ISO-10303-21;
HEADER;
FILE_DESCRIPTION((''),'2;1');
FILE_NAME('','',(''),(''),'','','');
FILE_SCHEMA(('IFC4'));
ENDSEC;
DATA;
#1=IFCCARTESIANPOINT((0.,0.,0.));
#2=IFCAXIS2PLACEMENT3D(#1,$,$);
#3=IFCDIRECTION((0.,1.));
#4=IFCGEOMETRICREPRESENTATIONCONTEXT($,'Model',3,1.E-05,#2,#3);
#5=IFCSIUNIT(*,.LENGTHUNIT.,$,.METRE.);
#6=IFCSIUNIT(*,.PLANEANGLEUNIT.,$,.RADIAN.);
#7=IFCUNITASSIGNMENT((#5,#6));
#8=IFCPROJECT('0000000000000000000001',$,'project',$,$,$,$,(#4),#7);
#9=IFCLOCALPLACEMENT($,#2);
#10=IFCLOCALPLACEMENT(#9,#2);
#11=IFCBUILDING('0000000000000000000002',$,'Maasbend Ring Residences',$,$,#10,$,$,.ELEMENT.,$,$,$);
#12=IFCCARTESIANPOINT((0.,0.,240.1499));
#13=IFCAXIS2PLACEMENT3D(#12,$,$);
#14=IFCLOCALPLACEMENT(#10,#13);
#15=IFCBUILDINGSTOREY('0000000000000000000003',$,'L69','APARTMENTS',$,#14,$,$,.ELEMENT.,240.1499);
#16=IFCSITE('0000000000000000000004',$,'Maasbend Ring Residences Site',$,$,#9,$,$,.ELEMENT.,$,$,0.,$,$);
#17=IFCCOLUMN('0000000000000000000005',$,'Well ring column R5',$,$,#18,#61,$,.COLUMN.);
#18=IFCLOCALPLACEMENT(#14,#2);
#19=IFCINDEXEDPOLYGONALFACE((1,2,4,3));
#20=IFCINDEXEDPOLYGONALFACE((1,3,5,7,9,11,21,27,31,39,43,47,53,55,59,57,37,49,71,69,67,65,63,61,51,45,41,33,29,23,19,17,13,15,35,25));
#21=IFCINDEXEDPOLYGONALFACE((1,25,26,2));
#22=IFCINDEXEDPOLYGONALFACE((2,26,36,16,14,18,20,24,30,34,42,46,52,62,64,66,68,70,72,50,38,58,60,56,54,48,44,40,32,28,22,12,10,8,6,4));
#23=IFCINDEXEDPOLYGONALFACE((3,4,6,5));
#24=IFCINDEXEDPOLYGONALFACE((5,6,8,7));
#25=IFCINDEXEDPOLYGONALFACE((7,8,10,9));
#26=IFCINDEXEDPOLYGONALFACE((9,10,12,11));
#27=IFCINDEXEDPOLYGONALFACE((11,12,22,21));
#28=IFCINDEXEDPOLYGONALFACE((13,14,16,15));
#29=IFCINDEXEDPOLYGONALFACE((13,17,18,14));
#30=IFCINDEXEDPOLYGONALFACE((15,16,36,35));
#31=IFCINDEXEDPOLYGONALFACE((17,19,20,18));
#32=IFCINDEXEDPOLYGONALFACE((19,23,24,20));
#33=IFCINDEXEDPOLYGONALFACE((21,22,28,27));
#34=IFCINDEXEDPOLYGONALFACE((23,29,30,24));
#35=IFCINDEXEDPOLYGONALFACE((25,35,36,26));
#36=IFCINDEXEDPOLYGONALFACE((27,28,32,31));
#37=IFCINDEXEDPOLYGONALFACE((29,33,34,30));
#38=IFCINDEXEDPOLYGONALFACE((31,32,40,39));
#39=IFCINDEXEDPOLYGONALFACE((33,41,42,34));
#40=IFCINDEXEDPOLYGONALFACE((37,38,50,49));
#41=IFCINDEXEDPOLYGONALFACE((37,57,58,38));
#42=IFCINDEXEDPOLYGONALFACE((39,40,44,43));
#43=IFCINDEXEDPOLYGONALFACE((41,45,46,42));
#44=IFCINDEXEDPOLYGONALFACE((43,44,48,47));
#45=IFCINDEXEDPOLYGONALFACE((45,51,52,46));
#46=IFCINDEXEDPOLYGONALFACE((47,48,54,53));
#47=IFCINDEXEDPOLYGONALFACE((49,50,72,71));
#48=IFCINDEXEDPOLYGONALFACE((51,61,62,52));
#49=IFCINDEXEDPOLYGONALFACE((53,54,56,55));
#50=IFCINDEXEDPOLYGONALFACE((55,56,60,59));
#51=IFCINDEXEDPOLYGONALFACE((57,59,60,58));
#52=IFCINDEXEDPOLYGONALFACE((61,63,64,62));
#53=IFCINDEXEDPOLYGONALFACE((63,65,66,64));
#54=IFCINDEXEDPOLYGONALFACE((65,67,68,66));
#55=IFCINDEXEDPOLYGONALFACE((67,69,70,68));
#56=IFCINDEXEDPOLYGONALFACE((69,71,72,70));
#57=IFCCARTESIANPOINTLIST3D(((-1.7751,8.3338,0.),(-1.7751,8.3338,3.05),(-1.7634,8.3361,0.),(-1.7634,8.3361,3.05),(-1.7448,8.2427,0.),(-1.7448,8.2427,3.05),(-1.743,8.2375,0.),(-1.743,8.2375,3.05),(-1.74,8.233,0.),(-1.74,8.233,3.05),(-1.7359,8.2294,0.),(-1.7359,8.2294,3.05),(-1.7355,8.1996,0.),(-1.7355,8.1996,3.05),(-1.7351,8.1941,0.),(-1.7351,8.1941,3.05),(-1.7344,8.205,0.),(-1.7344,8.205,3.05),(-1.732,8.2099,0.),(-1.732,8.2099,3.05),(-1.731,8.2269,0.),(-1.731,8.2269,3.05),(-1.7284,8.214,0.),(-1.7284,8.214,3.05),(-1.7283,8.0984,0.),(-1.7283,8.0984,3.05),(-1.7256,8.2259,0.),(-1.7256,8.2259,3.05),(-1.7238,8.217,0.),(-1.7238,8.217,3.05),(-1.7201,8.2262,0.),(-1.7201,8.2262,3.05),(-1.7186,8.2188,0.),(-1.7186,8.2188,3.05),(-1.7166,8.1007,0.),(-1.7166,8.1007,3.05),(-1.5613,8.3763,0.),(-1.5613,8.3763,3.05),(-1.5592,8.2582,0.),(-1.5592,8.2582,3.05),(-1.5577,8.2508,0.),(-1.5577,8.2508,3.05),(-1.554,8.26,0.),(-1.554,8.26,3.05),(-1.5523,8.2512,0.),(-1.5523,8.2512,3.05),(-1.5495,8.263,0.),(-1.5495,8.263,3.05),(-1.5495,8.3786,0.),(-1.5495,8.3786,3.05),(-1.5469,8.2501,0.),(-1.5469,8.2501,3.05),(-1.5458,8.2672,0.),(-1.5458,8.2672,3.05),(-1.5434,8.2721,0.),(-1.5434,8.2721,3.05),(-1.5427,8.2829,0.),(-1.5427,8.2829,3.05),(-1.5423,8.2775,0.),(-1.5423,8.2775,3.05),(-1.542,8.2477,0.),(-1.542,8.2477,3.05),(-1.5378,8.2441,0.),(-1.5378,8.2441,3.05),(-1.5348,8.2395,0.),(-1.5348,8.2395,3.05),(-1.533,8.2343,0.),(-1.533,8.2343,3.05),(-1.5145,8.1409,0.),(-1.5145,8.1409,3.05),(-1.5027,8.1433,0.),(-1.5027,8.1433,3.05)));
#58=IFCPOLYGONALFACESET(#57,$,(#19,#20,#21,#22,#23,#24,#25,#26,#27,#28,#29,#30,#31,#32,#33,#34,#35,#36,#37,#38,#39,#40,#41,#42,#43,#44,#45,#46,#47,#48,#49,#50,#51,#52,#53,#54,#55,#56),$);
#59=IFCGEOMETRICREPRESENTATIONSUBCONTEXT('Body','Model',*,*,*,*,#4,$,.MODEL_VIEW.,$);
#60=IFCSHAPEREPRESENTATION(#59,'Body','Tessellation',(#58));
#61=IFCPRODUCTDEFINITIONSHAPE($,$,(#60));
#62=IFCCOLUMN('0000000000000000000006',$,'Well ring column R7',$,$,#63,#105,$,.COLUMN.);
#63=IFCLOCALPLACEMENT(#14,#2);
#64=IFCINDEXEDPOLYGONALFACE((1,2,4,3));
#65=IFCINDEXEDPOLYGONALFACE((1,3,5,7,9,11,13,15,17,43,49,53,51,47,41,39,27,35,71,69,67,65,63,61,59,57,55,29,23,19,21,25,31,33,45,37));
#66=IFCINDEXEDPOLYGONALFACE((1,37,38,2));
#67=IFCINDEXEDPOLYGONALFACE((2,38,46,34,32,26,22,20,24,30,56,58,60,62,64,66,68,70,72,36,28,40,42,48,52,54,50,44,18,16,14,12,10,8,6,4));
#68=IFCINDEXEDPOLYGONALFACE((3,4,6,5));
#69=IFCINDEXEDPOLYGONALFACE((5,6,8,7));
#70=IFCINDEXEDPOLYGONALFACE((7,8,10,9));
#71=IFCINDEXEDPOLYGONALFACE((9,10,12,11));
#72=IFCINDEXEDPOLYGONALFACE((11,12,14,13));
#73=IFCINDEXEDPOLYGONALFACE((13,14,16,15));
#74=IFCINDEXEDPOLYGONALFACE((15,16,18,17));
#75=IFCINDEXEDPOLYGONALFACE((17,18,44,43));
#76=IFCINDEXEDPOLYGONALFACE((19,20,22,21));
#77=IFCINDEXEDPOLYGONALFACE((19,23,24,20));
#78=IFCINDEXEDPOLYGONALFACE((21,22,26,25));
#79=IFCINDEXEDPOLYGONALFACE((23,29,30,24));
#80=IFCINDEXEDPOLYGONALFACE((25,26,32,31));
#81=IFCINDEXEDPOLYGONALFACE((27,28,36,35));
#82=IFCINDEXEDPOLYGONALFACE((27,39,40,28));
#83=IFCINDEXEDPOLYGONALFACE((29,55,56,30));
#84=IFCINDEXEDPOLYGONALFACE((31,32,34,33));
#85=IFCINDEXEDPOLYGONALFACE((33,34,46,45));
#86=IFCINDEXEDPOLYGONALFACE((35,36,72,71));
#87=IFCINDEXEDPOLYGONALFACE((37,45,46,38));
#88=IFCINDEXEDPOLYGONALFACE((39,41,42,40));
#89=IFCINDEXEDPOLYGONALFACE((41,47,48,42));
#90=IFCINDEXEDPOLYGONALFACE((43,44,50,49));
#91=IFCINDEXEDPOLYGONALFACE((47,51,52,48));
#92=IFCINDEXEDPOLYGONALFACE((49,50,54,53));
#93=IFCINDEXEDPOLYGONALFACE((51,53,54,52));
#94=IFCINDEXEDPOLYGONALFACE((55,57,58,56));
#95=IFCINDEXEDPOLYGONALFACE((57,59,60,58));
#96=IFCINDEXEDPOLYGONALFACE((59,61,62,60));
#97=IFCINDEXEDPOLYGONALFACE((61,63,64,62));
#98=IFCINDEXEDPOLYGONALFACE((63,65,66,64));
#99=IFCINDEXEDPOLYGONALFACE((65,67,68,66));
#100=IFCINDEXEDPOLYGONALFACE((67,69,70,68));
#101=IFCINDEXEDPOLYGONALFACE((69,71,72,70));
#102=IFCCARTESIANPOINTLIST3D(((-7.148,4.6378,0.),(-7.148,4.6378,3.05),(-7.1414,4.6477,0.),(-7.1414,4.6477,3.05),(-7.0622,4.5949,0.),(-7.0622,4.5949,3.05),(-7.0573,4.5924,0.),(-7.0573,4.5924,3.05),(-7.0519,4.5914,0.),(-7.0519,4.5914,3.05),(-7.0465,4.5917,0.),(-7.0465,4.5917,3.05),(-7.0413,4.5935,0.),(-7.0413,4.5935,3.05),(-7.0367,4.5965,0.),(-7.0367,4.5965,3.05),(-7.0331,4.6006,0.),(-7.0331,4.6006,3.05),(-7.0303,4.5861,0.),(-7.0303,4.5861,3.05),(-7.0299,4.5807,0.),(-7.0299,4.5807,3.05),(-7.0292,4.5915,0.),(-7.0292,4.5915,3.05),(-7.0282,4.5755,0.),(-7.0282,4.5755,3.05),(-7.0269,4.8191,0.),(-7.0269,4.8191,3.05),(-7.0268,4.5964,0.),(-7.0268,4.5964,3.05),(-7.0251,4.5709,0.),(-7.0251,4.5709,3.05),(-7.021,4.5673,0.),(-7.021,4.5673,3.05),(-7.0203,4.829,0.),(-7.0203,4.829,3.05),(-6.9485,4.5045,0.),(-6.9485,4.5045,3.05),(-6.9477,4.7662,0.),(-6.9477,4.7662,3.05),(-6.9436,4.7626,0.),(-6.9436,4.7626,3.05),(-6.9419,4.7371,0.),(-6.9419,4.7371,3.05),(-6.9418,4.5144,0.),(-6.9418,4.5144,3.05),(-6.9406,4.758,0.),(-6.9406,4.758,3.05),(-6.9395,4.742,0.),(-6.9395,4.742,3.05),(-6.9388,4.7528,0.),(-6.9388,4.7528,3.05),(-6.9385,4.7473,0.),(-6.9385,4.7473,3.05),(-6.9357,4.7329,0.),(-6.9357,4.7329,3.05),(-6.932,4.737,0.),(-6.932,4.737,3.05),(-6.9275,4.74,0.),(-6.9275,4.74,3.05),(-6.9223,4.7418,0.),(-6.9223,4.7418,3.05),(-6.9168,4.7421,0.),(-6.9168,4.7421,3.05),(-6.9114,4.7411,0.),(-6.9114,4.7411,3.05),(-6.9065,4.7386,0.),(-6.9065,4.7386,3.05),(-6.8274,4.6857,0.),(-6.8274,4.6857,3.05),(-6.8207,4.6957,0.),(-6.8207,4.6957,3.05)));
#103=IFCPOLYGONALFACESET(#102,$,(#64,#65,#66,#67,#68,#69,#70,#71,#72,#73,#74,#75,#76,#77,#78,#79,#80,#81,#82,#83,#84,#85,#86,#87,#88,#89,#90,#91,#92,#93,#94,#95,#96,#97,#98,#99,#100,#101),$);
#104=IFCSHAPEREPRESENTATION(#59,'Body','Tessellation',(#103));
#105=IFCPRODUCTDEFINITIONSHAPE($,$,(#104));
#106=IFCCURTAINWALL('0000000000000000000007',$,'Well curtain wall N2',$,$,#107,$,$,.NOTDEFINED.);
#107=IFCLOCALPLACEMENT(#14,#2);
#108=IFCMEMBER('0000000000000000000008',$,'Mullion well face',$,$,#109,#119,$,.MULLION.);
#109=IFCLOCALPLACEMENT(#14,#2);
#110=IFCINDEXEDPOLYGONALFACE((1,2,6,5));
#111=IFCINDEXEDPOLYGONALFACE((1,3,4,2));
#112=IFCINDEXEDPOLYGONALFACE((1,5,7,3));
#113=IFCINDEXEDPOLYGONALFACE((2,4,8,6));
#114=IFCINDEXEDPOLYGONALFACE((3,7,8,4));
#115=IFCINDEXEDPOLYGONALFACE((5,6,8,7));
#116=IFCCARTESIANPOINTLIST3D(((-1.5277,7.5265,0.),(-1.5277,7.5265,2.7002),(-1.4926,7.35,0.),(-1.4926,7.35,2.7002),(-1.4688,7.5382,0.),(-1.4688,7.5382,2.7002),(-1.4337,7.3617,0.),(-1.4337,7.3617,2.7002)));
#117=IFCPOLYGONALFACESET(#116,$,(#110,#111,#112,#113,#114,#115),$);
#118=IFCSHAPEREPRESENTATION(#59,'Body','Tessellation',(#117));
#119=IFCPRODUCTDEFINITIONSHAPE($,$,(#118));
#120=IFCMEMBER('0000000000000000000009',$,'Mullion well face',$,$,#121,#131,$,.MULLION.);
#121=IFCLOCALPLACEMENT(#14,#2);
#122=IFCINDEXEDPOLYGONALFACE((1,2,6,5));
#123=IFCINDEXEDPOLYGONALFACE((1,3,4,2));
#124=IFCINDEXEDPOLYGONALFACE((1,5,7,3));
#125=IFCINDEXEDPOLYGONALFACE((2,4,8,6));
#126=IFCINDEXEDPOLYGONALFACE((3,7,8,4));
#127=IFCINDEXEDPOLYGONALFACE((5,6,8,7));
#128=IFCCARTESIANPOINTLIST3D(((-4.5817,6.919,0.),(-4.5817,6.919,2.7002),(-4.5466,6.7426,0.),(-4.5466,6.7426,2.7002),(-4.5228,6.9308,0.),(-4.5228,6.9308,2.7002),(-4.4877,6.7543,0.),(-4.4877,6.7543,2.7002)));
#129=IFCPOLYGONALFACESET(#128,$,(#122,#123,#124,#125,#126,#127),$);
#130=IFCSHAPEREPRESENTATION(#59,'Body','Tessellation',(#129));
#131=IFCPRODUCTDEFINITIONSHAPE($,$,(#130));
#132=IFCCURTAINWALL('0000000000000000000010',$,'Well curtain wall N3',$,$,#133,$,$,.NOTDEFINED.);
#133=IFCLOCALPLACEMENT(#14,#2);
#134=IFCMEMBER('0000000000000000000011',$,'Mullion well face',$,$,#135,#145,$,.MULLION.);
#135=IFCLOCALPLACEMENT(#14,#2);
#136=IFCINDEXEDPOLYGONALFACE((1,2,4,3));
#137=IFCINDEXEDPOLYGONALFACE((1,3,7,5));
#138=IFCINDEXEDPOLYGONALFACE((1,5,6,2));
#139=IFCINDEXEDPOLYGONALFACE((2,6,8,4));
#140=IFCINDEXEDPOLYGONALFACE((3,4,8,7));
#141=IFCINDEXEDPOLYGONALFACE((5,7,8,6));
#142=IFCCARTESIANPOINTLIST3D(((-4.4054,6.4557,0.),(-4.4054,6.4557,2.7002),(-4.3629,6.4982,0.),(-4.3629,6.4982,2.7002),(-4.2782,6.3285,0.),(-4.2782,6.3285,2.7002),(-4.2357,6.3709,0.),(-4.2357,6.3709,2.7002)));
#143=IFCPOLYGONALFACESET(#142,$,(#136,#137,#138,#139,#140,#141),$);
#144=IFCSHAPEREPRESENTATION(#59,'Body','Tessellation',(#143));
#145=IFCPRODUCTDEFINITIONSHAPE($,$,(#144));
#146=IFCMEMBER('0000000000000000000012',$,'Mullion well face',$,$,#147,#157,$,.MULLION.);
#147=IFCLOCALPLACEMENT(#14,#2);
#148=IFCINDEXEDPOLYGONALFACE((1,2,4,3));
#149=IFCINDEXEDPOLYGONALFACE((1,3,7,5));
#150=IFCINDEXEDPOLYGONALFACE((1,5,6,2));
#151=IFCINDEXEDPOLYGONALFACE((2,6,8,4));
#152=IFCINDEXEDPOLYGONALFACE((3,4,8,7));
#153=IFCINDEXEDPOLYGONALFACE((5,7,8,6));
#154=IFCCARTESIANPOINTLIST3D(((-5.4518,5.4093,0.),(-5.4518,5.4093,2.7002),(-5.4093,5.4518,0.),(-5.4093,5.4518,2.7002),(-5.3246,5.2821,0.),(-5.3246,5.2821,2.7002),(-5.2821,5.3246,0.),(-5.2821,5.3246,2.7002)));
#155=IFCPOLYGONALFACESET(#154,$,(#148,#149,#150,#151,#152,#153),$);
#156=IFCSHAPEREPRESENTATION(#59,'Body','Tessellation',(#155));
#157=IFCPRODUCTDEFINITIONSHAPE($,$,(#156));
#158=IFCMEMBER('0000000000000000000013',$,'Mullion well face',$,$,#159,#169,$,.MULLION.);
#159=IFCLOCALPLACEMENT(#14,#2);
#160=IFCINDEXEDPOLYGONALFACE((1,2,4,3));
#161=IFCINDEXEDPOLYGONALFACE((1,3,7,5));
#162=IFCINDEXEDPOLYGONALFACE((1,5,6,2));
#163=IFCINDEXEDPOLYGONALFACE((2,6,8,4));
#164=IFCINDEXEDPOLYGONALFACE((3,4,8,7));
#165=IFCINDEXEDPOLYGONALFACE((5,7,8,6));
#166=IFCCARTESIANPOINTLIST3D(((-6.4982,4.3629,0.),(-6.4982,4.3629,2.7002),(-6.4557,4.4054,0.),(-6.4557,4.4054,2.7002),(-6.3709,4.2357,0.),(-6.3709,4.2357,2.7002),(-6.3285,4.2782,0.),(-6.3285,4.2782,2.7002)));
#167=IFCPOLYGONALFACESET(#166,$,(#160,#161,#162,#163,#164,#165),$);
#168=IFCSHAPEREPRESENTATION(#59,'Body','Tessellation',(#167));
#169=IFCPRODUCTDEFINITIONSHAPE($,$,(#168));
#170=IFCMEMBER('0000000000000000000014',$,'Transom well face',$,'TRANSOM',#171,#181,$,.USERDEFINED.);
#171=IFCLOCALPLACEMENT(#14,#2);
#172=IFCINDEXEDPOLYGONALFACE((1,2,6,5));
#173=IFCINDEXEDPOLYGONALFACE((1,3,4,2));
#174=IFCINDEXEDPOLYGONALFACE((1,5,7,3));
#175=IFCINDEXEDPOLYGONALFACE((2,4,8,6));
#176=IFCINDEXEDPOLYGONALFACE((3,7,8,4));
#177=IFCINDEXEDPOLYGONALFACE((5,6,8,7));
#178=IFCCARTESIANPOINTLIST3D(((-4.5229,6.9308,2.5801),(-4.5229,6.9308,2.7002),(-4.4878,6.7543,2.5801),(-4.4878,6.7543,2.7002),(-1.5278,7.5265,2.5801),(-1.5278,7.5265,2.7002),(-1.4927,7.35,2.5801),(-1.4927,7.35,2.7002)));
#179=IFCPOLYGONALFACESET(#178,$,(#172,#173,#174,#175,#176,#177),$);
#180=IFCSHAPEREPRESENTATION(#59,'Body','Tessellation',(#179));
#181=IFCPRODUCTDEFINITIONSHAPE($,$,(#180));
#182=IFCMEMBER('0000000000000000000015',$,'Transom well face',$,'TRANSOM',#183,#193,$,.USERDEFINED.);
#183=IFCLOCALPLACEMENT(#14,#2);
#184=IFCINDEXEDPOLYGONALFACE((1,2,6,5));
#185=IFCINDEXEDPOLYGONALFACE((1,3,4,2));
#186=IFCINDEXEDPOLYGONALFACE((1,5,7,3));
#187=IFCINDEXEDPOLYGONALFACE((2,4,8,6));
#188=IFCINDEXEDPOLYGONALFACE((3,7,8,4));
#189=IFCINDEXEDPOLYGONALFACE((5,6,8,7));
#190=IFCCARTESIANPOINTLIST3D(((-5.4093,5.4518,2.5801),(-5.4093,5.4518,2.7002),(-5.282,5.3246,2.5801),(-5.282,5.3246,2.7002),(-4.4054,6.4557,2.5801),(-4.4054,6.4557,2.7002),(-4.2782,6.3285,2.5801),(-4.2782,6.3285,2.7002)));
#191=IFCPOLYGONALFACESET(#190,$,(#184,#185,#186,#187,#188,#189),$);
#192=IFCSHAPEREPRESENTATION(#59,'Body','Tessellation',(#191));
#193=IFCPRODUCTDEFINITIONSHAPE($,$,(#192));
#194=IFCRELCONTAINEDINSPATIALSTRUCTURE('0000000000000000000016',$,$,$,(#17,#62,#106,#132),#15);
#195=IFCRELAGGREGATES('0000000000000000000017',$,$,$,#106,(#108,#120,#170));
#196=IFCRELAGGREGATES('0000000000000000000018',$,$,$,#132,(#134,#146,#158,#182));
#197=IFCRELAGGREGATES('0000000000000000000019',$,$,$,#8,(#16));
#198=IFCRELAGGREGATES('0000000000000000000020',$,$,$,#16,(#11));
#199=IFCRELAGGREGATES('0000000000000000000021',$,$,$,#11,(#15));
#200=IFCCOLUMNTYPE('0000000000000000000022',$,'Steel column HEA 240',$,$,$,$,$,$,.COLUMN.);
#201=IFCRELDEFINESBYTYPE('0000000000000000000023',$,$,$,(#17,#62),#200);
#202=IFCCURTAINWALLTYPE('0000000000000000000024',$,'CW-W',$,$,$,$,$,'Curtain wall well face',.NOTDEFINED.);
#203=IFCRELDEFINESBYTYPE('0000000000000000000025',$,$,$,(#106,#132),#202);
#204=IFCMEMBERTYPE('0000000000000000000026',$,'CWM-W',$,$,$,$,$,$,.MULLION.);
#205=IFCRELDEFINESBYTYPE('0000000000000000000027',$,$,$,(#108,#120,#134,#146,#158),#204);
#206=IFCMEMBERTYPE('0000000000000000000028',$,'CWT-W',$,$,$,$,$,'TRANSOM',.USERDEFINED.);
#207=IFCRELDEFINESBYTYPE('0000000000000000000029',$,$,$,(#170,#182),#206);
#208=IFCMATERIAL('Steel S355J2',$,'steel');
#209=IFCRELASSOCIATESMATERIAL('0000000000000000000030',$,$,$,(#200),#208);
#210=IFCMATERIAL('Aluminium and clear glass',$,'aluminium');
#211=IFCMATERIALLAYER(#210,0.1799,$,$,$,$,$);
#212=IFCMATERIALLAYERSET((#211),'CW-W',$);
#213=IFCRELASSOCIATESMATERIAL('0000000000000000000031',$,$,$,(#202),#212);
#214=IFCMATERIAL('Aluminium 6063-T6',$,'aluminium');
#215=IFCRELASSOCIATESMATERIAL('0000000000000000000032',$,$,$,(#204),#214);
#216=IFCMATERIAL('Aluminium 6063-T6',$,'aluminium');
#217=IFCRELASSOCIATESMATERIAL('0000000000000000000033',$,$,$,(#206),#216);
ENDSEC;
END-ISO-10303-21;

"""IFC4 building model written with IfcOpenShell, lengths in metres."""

from ifc_helpers import new_model, si_unit, direction, frame, origin, origin_2d, place, context, subcontext, project, spatial, rectangle, i_section, extrude, material, layer, layer_set, material_profile, profile_set, type_object, element, aggregate, save


model = new_model("IFC4")

# Units and contexts
model_context = context("Model", 3, precision=1e-05, world=origin(), true_north=direction((0.0, 1.0)))
body_context = subcontext(model_context, "Body", "Model", "MODEL_VIEW")
ifc_project = project(units=[si_unit("LENGTHUNIT", "METRE"), si_unit("PLANEANGLEUNIT", "RADIAN")], contexts=[model_context])

# Site, building, storey
site_placement = place(None, origin())
site = spatial("IfcSite", under=ifc_project, at=site_placement, Name="Maasbend Ring Residences Site", CompositionType="ELEMENT", RefElevation=0.0)
building_placement = place(site_placement, origin())
building = spatial("IfcBuilding", under=site, at=building_placement, Name="Maasbend Ring Residences", CompositionType="ELEMENT")
storey_placement = place(building_placement, frame((0.0, 0.0, 240.1499)))
storey = spatial("IfcBuildingStorey", under=building, at=storey_placement, Name="L69", Description="APARTMENTS", CompositionType="ELEMENT", Elevation=240.1499)

# Columns
ifc_material_1 = material(Name="Steel S355J2", Category="steel")
ifc_material_profile_1 = material_profile(ifc_material_1, i_section(OverallWidth=0.24, OverallDepth=0.23, WebThickness=0.0076, FlangeThickness=0.012, FilletRadius=0.021, at=origin_2d()), Name="HEA 240")
ifc_profile_set_1 = profile_set([ifc_material_profile_1], Name="Steel S355J2")
column_type = type_object("IfcColumnType", Name="Steel column HEA 240", PredefinedType="COLUMN", material=ifc_profile_set_1)
for number, where, z_axis, x_axis, name in (
    (1, (-1.6389, 8.2385, 0.0), (0.0, 0.0, 1.0), (-0.19509, 0.980785, 0.0), "Well ring column R5"),
    (2, (-6.9844, 4.6667, 0.0), (0.0, 0.0, 1.0), (-0.83147, 0.55557, 0.0), "Well ring column R7"),
):
    element("IfcColumn", number, at=place(storey_placement, frame(where, z_axis=z_axis, x_axis=x_axis)), inside=storey, type_object=column_type, Name=name, PredefinedType="COLUMN", context=body_context, shape_type="SweptSolid", body=[
        extrude(i_section(OverallWidth=0.24, OverallDepth=0.23, WebThickness=0.0076, FlangeThickness=0.012, FilletRadius=0.021, at=origin_2d()), origin(), (0.0, 0.0, 1.0), 3.05),
    ])

# Curtain walls, members
ifc_material_2 = material(Name="Aluminium and clear glass", Category="aluminium")
ifc_layer_1 = layer(ifc_material_2, 0.1799)
ifc_layer_set_1 = layer_set([ifc_layer_1], Name="CW-W")
curtain_wall_type = type_object("IfcCurtainWallType", Name="CW-W", ElementType="Curtain wall well face", PredefinedType="NOTDEFINED", material=ifc_layer_set_1)
curtain_wall_1_placement = place(storey_placement, origin())
curtain_wall_1 = element("IfcCurtainWall", 3, at=curtain_wall_1_placement, inside=storey, type_object=curtain_wall_type, Name="Well curtain wall N2", PredefinedType="NOTDEFINED")
ifc_material_3 = material(Name="Aluminium 6063-T6", Category="aluminium")
ifc_material_profile_2 = material_profile(ifc_material_3, rectangle(XDim=0.1799, YDim=0.0601, at=origin_2d()), Name="AL 180x60")
ifc_profile_set_2 = profile_set([ifc_material_profile_2], Name="Aluminium 6063-T6")
member_type_1 = type_object("IfcMemberType", Name="CWM-W", PredefinedType="MULLION", material=ifc_profile_set_2)
member_1_placement = place(storey_placement, frame((-1.4807, 7.4441, 0.0), z_axis=(0.0, 0.0, 1.0), x_axis=(0.19509, -0.980785, 0.0)))
member_1 = element("IfcMember", 4, at=member_1_placement, type_object=member_type_1, Name="Mullion well face", PredefinedType="MULLION", context=body_context, shape_type="SweptSolid", body=[
    extrude(rectangle(XDim=0.1799, YDim=0.0601, at=origin_2d()), origin(), (0.0, 0.0, 1.0), 2.7002),
])
member_2_placement = place(storey_placement, frame((-4.5347, 6.8367, 0.0), z_axis=(0.0, 0.0, 1.0), x_axis=(0.19509, -0.980785, 0.0)))
member_2 = element("IfcMember", 5, at=member_2_placement, type_object=member_type_1, Name="Mullion well face", PredefinedType="MULLION", context=body_context, shape_type="SweptSolid", body=[
    extrude(rectangle(XDim=0.1799, YDim=0.0601, at=origin_2d()), origin(), (0.0, 0.0, 1.0), 2.7002),
])
curtain_wall_2_placement = place(storey_placement, origin())
curtain_wall_2 = element("IfcCurtainWall", 6, at=curtain_wall_2_placement, inside=storey, type_object=curtain_wall_type, Name="Well curtain wall N3", PredefinedType="NOTDEFINED")
member_3_placement = place(storey_placement, frame((-4.3206, 6.4133, 0.0), z_axis=(0.0, 0.0, 1.0), x_axis=(0.707107, -0.707107, 0.0)))
member_3 = element("IfcMember", 7, at=member_3_placement, type_object=member_type_1, Name="Mullion well face", PredefinedType="MULLION", context=body_context, shape_type="SweptSolid", body=[
    extrude(rectangle(XDim=0.1799, YDim=0.0601, at=origin_2d()), origin(), (0.0, 0.0, 1.0), 2.7002),
])
member_4_placement = place(storey_placement, frame((-5.3669, 5.3669, 0.0), z_axis=(0.0, 0.0, 1.0), x_axis=(0.707107, -0.707107, 0.0)))
member_4 = element("IfcMember", 8, at=member_4_placement, type_object=member_type_1, Name="Mullion well face", PredefinedType="MULLION", context=body_context, shape_type="SweptSolid", body=[
    extrude(rectangle(XDim=0.1799, YDim=0.0601, at=origin_2d()), origin(), (0.0, 0.0, 1.0), 2.7002),
])
member_5_placement = place(storey_placement, frame((-6.4133, 4.3206, 0.0), z_axis=(0.0, 0.0, 1.0), x_axis=(0.707107, -0.707107, 0.0)))
member_5 = element("IfcMember", 9, at=member_5_placement, type_object=member_type_1, Name="Mullion well face", PredefinedType="MULLION", context=body_context, shape_type="SweptSolid", body=[
    extrude(rectangle(XDim=0.1799, YDim=0.0601, at=origin_2d()), origin(), (0.0, 0.0, 1.0), 2.7002),
])

# Members
ifc_material_4 = material(Name="Aluminium 6063-T6", Category="aluminium")
ifc_material_profile_3 = material_profile(ifc_material_4, rectangle(XDim=0.1799, YDim=0.1201, at=origin_2d()), Name="AL 180x120")
ifc_profile_set_3 = profile_set([ifc_material_profile_3], Name="Aluminium 6063-T6")
member_type_2 = type_object("IfcMemberType", Name="CWT-W", ElementType="TRANSOM", PredefinedType="USERDEFINED", material=ifc_profile_set_3)
member_6_placement = place(storey_placement, frame((-1.5103, 7.4382, 2.6401), z_axis=(-0.980789, -0.195071, 0.0), x_axis=(0.195071, -0.980789, 0.0)))
member_6 = element("IfcMember", 10, at=member_6_placement, type_object=member_type_2, Name="Transom well face", ObjectType="TRANSOM", PredefinedType="USERDEFINED", context=body_context, shape_type="SweptSolid", body=[
    extrude(rectangle(XDim=0.1799, YDim=0.1201, at=origin_2d()), origin(), (0.0, 0.0, 1.0), 3.0537),
])
member_7_placement = place(storey_placement, frame((-4.3418, 6.3921, 2.6401), z_axis=(-0.707107, -0.707107, 0.0), x_axis=(0.707107, -0.707107, 0.0)))
member_7 = element("IfcMember", 11, at=member_7_placement, type_object=member_type_2, Name="Transom well face", ObjectType="TRANSOM", PredefinedType="USERDEFINED", context=body_context, shape_type="SweptSolid", body=[
    extrude(rectangle(XDim=0.1799, YDim=0.1201, at=origin_2d()), origin(), (0.0, 0.0, 1.0), 1.4197),
])

aggregate(curtain_wall_1, [member_1, member_2, member_6])
aggregate(curtain_wall_2, [member_3, member_4, member_5, member_7])

save(model, "model.ifc")
